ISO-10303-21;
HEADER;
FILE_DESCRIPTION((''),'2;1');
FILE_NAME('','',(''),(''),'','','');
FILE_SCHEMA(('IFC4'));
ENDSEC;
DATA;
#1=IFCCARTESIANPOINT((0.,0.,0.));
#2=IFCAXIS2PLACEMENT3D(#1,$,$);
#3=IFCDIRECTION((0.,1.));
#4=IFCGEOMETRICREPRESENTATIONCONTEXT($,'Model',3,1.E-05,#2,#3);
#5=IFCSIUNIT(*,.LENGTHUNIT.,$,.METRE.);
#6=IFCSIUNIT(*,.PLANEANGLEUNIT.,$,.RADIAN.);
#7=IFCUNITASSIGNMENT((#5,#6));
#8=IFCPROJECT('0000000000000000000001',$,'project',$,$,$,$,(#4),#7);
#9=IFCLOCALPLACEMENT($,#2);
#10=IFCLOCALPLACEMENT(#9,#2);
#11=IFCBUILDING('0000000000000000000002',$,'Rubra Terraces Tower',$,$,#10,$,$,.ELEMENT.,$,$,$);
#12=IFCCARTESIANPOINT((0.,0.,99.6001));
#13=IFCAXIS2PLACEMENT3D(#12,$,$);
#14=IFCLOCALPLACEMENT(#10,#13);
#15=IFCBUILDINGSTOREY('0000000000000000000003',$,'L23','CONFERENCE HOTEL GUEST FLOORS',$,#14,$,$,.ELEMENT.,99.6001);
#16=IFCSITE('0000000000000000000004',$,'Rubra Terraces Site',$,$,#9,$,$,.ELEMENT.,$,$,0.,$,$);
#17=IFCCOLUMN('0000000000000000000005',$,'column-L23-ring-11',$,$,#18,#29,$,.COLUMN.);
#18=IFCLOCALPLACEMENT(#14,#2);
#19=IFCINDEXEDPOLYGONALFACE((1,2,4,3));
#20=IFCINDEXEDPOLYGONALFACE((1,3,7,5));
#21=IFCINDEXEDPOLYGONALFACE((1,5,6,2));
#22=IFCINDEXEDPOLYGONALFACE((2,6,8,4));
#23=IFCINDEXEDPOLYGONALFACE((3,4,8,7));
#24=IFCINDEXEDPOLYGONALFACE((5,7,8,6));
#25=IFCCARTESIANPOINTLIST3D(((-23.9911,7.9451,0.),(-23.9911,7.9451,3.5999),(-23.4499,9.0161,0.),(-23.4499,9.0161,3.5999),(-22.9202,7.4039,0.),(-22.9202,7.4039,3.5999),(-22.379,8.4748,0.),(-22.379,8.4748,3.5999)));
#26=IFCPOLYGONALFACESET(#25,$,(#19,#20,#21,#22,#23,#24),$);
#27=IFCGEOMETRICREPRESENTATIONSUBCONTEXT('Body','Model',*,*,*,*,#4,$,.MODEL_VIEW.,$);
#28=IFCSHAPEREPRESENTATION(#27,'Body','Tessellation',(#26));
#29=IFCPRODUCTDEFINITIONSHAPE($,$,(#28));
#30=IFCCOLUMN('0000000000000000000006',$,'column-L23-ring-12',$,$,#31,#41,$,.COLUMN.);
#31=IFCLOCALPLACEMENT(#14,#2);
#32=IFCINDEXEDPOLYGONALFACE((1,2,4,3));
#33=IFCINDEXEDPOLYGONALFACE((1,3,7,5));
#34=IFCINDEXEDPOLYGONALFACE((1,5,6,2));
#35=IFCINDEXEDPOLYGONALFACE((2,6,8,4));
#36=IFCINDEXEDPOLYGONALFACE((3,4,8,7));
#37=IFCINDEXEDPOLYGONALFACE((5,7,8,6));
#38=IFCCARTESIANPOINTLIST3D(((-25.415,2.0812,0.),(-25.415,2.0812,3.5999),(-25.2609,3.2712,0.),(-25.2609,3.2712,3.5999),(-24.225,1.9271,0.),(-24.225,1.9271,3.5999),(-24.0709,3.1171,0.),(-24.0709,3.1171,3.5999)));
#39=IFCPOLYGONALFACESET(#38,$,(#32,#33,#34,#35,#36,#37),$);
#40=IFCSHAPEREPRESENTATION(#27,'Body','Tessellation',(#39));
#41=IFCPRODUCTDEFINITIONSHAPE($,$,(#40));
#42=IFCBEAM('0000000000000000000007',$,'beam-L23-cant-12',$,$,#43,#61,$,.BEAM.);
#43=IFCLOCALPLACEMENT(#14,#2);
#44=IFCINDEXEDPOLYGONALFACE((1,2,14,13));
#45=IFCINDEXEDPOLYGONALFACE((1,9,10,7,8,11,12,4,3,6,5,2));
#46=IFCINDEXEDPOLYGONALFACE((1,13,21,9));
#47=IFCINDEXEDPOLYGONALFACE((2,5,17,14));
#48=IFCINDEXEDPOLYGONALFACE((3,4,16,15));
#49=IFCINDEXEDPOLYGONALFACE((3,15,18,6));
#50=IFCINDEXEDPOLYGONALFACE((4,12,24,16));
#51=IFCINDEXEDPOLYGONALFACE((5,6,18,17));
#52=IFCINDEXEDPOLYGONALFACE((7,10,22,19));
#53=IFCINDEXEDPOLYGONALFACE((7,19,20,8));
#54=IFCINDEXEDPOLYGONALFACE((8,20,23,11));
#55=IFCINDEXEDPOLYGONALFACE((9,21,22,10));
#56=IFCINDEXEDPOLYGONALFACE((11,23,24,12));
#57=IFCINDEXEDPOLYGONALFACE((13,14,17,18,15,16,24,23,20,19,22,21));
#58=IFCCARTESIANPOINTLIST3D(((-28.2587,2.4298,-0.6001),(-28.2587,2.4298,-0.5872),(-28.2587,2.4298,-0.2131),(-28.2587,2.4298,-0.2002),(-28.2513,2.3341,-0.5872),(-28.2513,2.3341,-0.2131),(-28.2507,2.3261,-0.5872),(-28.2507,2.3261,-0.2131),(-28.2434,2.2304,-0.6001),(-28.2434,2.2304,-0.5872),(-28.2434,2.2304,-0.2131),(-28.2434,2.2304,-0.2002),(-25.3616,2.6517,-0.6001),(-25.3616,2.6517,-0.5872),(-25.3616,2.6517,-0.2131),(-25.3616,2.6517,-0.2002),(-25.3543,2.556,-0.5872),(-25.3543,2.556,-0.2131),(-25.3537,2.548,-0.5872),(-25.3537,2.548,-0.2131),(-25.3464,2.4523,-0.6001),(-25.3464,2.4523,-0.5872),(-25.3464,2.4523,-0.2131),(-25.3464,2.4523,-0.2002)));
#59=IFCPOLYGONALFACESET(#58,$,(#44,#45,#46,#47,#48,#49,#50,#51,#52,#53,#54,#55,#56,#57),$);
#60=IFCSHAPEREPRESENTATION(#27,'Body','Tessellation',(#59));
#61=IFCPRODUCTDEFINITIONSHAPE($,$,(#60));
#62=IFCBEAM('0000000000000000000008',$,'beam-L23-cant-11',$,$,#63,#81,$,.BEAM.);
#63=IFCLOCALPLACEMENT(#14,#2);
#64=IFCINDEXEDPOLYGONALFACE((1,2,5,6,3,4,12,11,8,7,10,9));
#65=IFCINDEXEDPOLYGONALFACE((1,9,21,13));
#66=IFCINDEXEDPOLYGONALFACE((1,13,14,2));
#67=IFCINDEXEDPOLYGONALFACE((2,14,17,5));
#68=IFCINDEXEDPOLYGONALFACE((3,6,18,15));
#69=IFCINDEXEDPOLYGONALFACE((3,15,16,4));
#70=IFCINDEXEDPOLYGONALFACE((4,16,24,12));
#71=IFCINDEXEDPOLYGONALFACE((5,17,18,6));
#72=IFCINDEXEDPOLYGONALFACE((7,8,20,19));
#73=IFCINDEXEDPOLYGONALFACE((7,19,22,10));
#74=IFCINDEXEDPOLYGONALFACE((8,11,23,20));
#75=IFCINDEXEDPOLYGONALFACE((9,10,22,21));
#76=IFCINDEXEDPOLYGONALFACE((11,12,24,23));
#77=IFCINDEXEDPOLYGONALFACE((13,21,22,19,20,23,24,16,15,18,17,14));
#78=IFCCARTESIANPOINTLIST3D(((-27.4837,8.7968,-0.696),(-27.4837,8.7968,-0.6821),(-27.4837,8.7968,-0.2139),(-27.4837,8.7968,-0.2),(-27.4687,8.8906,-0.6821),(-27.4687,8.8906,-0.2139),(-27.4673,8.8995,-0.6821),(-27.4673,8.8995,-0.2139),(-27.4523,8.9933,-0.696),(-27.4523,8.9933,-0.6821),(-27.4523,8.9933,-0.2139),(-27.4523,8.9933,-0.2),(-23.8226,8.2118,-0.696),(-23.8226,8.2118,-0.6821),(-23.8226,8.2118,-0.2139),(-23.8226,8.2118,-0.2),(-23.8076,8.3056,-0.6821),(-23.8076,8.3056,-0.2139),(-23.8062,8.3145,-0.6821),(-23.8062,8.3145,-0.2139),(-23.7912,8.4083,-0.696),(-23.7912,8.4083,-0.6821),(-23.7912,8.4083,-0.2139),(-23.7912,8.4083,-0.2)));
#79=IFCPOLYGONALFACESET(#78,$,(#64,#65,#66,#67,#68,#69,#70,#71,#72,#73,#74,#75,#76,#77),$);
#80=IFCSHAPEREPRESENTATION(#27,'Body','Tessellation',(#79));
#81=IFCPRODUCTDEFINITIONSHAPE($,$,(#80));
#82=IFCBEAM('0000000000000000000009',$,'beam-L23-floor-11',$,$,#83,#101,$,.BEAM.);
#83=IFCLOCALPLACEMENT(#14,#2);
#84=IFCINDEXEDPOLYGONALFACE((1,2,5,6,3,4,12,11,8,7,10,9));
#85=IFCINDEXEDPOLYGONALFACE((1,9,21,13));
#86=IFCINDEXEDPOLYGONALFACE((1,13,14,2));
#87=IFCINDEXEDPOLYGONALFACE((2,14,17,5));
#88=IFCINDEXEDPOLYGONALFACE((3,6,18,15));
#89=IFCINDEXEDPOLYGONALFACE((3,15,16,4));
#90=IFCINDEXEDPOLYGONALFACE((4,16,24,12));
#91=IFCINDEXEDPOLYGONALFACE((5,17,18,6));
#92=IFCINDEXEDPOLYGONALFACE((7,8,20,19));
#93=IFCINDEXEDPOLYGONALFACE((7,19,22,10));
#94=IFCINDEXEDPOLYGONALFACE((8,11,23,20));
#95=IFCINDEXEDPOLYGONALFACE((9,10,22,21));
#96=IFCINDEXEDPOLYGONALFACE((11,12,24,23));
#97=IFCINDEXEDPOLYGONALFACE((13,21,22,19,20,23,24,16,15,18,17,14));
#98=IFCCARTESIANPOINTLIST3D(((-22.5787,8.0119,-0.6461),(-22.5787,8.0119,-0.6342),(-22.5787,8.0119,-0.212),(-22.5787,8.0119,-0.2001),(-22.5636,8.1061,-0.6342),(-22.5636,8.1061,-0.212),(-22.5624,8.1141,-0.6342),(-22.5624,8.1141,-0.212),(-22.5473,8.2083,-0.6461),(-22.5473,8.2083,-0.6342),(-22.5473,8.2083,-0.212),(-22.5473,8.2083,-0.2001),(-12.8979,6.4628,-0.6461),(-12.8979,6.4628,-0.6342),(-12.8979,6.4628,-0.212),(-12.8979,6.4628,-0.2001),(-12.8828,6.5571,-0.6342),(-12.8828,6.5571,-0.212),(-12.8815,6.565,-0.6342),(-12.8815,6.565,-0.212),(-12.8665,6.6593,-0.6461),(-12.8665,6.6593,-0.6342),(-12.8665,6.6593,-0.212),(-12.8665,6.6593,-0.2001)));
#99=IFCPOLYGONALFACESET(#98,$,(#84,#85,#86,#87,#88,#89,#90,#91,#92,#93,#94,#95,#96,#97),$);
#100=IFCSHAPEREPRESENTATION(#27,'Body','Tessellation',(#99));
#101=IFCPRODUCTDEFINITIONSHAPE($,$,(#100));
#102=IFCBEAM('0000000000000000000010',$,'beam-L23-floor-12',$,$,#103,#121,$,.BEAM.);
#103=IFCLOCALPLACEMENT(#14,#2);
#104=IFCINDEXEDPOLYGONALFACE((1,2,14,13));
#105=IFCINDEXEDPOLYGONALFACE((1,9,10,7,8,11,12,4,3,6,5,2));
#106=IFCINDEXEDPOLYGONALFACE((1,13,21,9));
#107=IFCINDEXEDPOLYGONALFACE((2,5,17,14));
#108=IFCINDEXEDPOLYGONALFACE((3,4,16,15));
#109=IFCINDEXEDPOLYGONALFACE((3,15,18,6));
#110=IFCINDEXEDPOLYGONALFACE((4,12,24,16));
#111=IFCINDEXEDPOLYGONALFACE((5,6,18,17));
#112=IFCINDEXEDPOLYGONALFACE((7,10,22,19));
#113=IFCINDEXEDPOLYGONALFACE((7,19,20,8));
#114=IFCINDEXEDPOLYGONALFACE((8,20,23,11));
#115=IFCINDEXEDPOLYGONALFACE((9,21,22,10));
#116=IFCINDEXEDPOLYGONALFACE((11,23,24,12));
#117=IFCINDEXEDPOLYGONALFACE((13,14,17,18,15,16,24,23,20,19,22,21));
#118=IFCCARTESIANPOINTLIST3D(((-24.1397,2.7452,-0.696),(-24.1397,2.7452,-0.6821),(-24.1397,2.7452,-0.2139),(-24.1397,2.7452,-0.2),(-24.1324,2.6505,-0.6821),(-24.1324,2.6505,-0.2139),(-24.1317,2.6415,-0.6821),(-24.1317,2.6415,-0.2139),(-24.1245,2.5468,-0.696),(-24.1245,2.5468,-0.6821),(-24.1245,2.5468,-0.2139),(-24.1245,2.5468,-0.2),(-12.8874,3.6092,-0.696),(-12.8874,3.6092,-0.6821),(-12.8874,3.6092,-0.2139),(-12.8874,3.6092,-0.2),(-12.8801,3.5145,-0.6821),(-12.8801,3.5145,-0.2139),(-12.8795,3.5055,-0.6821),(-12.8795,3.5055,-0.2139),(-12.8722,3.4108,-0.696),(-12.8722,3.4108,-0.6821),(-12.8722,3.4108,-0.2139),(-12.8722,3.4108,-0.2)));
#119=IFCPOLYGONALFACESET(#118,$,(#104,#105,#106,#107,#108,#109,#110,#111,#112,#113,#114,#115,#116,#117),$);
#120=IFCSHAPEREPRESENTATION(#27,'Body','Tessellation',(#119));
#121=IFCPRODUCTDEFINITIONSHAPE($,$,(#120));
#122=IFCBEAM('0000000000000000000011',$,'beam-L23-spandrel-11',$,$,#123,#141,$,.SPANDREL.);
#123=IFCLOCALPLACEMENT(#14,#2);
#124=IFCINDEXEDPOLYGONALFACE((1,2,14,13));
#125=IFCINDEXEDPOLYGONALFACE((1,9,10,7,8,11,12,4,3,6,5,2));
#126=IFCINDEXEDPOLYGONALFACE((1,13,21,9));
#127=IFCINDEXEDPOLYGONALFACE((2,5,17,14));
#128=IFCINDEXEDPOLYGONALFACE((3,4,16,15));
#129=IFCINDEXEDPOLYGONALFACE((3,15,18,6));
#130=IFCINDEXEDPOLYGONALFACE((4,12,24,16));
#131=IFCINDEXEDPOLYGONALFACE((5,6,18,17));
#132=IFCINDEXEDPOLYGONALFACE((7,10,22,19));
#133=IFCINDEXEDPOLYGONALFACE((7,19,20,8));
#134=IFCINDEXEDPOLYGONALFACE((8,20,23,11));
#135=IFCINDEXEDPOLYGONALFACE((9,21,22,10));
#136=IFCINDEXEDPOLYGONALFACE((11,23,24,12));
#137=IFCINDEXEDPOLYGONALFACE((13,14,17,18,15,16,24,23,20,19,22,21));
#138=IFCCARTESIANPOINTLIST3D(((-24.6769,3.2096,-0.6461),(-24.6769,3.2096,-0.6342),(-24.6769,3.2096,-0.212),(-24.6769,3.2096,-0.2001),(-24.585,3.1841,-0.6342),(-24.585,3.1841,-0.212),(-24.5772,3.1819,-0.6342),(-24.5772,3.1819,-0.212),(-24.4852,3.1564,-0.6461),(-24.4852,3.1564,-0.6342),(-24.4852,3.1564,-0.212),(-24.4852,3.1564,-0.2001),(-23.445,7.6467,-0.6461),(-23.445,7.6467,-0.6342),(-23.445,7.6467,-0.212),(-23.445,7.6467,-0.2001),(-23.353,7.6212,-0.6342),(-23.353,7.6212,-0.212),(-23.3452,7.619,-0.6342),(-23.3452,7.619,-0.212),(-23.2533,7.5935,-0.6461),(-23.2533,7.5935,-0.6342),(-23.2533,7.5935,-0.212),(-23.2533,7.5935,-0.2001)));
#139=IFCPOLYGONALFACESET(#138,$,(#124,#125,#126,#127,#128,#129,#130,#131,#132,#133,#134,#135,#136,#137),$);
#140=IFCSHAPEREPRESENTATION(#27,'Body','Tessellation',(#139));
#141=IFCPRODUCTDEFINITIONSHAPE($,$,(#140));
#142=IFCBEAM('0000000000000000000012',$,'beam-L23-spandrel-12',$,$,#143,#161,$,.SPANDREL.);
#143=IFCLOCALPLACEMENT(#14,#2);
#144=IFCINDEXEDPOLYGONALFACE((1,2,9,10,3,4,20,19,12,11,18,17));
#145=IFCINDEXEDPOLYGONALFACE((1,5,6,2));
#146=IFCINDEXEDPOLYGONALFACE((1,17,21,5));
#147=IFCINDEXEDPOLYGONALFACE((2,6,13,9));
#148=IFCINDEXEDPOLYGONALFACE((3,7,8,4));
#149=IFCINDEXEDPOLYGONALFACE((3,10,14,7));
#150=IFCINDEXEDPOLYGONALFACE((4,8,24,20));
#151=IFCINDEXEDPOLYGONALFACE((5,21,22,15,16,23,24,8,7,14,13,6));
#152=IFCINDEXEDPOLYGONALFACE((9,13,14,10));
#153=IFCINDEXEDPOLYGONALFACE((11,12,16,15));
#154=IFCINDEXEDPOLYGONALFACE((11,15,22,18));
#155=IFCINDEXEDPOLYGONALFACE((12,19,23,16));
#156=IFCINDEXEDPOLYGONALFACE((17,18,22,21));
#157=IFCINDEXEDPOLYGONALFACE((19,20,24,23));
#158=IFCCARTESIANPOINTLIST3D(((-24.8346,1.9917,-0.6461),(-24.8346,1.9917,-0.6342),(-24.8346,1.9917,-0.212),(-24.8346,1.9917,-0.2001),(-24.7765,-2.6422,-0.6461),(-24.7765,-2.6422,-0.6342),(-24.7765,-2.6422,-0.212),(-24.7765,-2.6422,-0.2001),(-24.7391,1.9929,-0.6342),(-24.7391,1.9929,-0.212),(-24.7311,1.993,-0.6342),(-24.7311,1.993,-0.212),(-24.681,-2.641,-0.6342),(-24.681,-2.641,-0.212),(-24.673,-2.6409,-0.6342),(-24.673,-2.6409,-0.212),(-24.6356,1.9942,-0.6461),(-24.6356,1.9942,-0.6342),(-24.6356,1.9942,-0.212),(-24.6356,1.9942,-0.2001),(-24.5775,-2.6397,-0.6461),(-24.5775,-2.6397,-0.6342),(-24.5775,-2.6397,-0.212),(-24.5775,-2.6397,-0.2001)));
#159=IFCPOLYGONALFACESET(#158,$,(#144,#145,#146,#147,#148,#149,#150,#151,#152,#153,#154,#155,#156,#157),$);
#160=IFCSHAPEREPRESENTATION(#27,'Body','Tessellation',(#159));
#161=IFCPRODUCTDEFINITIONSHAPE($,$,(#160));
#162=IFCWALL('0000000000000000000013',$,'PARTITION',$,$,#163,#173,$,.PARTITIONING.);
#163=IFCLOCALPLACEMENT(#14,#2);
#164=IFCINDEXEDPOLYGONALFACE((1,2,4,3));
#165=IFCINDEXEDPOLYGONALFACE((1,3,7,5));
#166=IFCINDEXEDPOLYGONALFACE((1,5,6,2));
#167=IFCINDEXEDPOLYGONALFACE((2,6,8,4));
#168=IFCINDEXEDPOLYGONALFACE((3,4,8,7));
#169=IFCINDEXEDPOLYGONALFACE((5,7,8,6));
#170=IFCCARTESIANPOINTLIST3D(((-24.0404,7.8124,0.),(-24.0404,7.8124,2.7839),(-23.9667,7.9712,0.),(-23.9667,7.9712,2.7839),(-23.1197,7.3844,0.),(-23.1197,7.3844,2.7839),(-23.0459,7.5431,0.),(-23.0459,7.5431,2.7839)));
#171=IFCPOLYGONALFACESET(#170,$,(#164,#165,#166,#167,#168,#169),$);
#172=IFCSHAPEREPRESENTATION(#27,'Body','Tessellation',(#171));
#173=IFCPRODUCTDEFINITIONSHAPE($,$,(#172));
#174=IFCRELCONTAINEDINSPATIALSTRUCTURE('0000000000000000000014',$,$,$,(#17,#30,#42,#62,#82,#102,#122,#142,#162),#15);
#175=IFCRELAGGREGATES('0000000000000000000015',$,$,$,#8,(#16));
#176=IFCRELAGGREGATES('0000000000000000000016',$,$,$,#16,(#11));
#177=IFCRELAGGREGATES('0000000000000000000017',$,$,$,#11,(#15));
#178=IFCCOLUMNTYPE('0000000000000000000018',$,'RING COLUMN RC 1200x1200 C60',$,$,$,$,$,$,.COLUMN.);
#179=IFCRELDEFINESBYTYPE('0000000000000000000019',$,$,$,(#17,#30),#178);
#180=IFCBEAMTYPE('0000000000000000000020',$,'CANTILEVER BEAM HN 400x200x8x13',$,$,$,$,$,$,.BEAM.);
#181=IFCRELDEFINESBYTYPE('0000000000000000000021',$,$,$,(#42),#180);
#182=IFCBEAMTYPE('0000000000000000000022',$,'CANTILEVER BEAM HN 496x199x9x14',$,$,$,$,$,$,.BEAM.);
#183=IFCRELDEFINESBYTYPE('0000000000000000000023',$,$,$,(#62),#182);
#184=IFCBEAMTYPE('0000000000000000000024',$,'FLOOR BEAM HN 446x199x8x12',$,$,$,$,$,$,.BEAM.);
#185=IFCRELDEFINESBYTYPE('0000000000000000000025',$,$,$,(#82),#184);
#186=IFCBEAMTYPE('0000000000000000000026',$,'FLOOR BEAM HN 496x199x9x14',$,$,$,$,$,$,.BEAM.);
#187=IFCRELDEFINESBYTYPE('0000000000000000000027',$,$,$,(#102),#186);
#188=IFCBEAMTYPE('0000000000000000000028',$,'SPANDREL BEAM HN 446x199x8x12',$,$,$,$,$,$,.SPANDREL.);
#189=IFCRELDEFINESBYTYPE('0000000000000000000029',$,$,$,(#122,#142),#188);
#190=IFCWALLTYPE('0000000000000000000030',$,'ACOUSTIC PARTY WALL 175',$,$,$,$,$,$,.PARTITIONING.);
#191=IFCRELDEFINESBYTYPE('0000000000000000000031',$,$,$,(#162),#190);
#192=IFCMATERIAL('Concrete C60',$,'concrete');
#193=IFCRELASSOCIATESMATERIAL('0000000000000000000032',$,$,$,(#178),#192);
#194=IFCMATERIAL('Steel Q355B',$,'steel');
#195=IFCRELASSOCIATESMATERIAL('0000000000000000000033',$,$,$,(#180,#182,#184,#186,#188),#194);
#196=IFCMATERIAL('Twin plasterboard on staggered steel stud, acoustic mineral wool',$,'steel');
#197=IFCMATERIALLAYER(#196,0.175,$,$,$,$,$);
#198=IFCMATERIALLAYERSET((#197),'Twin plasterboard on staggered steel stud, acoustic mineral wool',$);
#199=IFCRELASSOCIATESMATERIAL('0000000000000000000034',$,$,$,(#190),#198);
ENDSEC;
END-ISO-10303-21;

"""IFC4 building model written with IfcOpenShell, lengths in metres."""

from ifc_helpers import new_model, si_unit, direction, frame, frame_2d, origin, origin_2d, place, context, subcontext, project, spatial, rectangle, i_section, extrude, material, layer, layer_set, material_profile, profile_set, type_object, element, save


model = new_model("IFC4")

# Units and contexts
model_context = context("Model", 3, precision=1e-05, world=origin(), true_north=direction((0.0, 1.0)))
body_context = subcontext(model_context, "Body", "Model", "MODEL_VIEW")
ifc_project = project(units=[si_unit("LENGTHUNIT", "METRE"), si_unit("PLANEANGLEUNIT", "RADIAN")], contexts=[model_context])

# Site, building, storey
site_placement = place(None, origin())
site = spatial("IfcSite", under=ifc_project, at=site_placement, Name="Rubra Terraces Site", CompositionType="ELEMENT", RefElevation=0.0)
building_placement = place(site_placement, origin())
building = spatial("IfcBuilding", under=site, at=building_placement, Name="Rubra Terraces Tower", CompositionType="ELEMENT")
storey_placement = place(building_placement, frame((0.0, 0.0, 99.6001)))
storey = spatial("IfcBuildingStorey", under=building, at=storey_placement, Name="L23", Description="CONFERENCE HOTEL GUEST FLOORS", CompositionType="ELEMENT", Elevation=99.6001)

# Columns
ifc_material_1 = material(Name="Concrete C60", Category="concrete")
ifc_material_profile_1 = material_profile(ifc_material_1, rectangle(XDim=1.2, YDim=1.2, at=origin_2d()), Name="RC 1200x1200")
ifc_profile_set_1 = profile_set([ifc_material_profile_1], Name="Concrete C60")
column_type = type_object("IfcColumnType", Name="RING COLUMN RC 1200x1200 C60", PredefinedType="COLUMN", material=ifc_profile_set_1)
for number, where, z_axis, x_axis, name in (
    (1, (-23.1851, 8.21, 0.0), (0.0, 0.0, 1.0), (-0.451028, -0.89251, 0.0), "column-L23-ring-11"),
    (2, (-24.7429, 2.5991, 0.0), (0.0, 0.0, 1.0), (-0.128444, -0.991717, 0.0), "column-L23-ring-12"),
):
    element("IfcColumn", number, at=place(storey_placement, frame(where, z_axis=z_axis, x_axis=x_axis)), inside=storey, type_object=column_type, Name=name, PredefinedType="COLUMN", context=body_context, shape_type="SweptSolid", body=[
        extrude(rectangle(XDim=1.2, YDim=1.2, at=origin_2d()), origin(), (0.0, 0.0, 1.0), 3.5999),
    ])

# Beams
ifc_material_2 = material(Name="Steel Q355B", Category="steel")
ifc_material_profile_2 = material_profile(ifc_material_2, i_section(OverallWidth=0.2, OverallDepth=0.3999, WebThickness=0.0081, FlangeThickness=0.0129, at=origin_2d()), Name="HN 400x200x8x13")
ifc_profile_set_2 = profile_set([ifc_material_profile_2], Name="Steel Q355B")
beam_type_1 = type_object("IfcBeamType", Name="CANTILEVER BEAM HN 400x200x8x13", PredefinedType="BEAM", material=ifc_profile_set_2)
beam_1_placement = place(storey_placement, frame((-25.354, 2.552, -0.4001), z_axis=(-0.997079, -0.076382, 0.0), x_axis=(0.076382, -0.997079, 0.0)))
element("IfcBeam", 3, at=beam_1_placement, inside=storey, type_object=beam_type_1, Name="beam-L23-cant-12", PredefinedType="BEAM", context=body_context, shape_type="SweptSolid", body=[
    extrude(i_section(OverallWidth=0.2, OverallDepth=0.3999, WebThickness=0.0081, FlangeThickness=0.0129, at=origin_2d()), origin(), (0.0, 0.0, 1.0), 2.9055),
])
ifc_material_profile_3 = material_profile(ifc_material_2, i_section(OverallWidth=0.199, OverallDepth=0.4961, WebThickness=0.009, FlangeThickness=0.0139, at=origin_2d()), Name="HN 496x199x9x14")
ifc_profile_set_3 = profile_set([ifc_material_profile_3], Name="Steel Q355B")
beam_type_2 = type_object("IfcBeamType", Name="CANTILEVER BEAM HN 496x199x9x14", PredefinedType="BEAM", material=ifc_profile_set_3)
beam_2_placement = place(storey_placement, frame((-23.8069, 8.3101, -0.448), z_axis=(-0.987475, 0.157775, 0.0), x_axis=(-0.157775, -0.987475, 0.0)))
element("IfcBeam", 4, at=beam_2_placement, inside=storey, type_object=beam_type_2, Name="beam-L23-cant-11", PredefinedType="BEAM", context=body_context, shape_type="SweptSolid", body=[
    extrude(i_section(OverallWidth=0.199, OverallDepth=0.4961, WebThickness=0.009, FlangeThickness=0.0139, at=origin_2d()), origin(), (0.0, 0.0, 1.0), 3.7075),
])
ifc_material_profile_4 = material_profile(ifc_material_2, i_section(OverallWidth=0.199, OverallDepth=0.446, WebThickness=0.0081, FlangeThickness=0.012, at=origin_2d()), Name="HN 446x199x8x12")
ifc_profile_set_4 = profile_set([ifc_material_profile_4], Name="Steel Q355B")
beam_type_3 = type_object("IfcBeamType", Name="FLOOR BEAM HN 446x199x8x12", PredefinedType="BEAM", material=ifc_profile_set_4)
beam_3_placement = place(storey_placement, frame((-22.563, 8.1101, -0.4231), z_axis=(0.987439, -0.158003, 0.0), x_axis=(0.158003, 0.987439, 0.0)))
element("IfcBeam", 5, at=beam_3_placement, inside=storey, type_object=beam_type_3, Name="beam-L23-floor-11", PredefinedType="BEAM", context=body_context, shape_type="SweptSolid", body=[
    extrude(i_section(OverallWidth=0.199, OverallDepth=0.446, WebThickness=0.0081, FlangeThickness=0.012, at=origin_2d()), origin(), (0.0, 0.0, 1.0), 9.804),
])
ifc_material_profile_5 = material_profile(ifc_material_2, i_section(OverallWidth=0.199, OverallDepth=0.4961, WebThickness=0.009, FlangeThickness=0.0139, at=origin_2d()), Name="HN 496x199x9x14")
ifc_profile_set_5 = profile_set([ifc_material_profile_5], Name="Steel Q355B")
beam_type_4 = type_object("IfcBeamType", Name="FLOOR BEAM HN 496x199x9x14", PredefinedType="BEAM", material=ifc_profile_set_5)
beam_4_placement = place(storey_placement, frame((-24.1321, 2.646, -0.448), z_axis=(0.997065, 0.076561, 0.0), x_axis=(-0.076561, 0.997065, 0.0)))
element("IfcBeam", 6, at=beam_4_placement, inside=storey, type_object=beam_type_4, Name="beam-L23-floor-12", PredefinedType="BEAM", context=body_context, shape_type="SweptSolid", body=[
    extrude(i_section(OverallWidth=0.199, OverallDepth=0.4961, WebThickness=0.009, FlangeThickness=0.0139, at=origin_2d()), origin(), (0.0, 0.0, 1.0), 11.2854),
])
ifc_material_profile_6 = material_profile(ifc_material_2, i_section(OverallWidth=0.199, OverallDepth=0.446, WebThickness=0.0081, FlangeThickness=0.012, at=origin_2d()), Name="HN 446x199x8x12")
ifc_profile_set_6 = profile_set([ifc_material_profile_6], Name="Steel Q355B")
beam_type_5 = type_object("IfcBeamType", Name="SPANDREL BEAM HN 446x199x8x12", PredefinedType="SPANDREL", material=ifc_profile_set_6)
beam_5_placement = place(storey_placement, frame((-23.3491, 7.6201, -0.4231), z_axis=(-0.267529, -0.96355, 0.0), x_axis=(0.96355, -0.267529, 0.0)))
element("IfcBeam", 7, at=beam_5_placement, inside=storey, type_object=beam_type_5, Name="beam-L23-spandrel-11", PredefinedType="SPANDREL", context=body_context, shape_type="SweptSolid", body=[
    extrude(i_section(OverallWidth=0.199, OverallDepth=0.446, WebThickness=0.0081, FlangeThickness=0.012, at=origin_2d()), origin(), (0.0, 0.0, 1.0), 4.605),
])
beam_6_placement = place(storey_placement, frame((-24.7351, 1.9929, -0.4231), z_axis=(0.012538, -0.999921, 0.0), x_axis=(0.999921, 0.012538, 0.0)))
element("IfcBeam", 8, at=beam_6_placement, inside=storey, type_object=beam_type_5, Name="beam-L23-spandrel-12", PredefinedType="SPANDREL", context=body_context, shape_type="SweptSolid", body=[
    extrude(i_section(OverallWidth=0.199, OverallDepth=0.446, WebThickness=0.0081, FlangeThickness=0.012, at=origin_2d()), origin(), (0.0, 0.0, 1.0), 4.6343),
])

# Wall
ifc_material_3 = material(Name="Twin plasterboard on staggered steel stud, acoustic mineral wool", Category="steel")
ifc_layer_1 = layer(ifc_material_3, 0.175)
ifc_layer_set_1 = layer_set([ifc_layer_1], Name="Twin plasterboard on staggered steel stud, acoustic mineral wool")
wall_type_1 = type_object("IfcWallType", Name="ACOUSTIC PARTY WALL 175", PredefinedType="PARTITIONING", material=ifc_layer_set_1)
wall_1_placement = place(storey_placement, frame((-24.0037, 7.8918, 0.0), z_axis=(0.0, 0.0, 1.0), x_axis=(0.906809, -0.421542, 0.0)))
element("IfcWall", 9, at=wall_1_placement, inside=storey, type_object=wall_type_1, Name="PARTITION", PredefinedType="PARTITIONING", context=body_context, shape_type="SweptSolid", body=[
    extrude(rectangle(XDim=1.0154, YDim=0.175, at=frame_2d((0.5078, 0.0))), origin(), (0.0, 0.0, 1.0), 2.7839),
])

save(model, "model.ifc")
